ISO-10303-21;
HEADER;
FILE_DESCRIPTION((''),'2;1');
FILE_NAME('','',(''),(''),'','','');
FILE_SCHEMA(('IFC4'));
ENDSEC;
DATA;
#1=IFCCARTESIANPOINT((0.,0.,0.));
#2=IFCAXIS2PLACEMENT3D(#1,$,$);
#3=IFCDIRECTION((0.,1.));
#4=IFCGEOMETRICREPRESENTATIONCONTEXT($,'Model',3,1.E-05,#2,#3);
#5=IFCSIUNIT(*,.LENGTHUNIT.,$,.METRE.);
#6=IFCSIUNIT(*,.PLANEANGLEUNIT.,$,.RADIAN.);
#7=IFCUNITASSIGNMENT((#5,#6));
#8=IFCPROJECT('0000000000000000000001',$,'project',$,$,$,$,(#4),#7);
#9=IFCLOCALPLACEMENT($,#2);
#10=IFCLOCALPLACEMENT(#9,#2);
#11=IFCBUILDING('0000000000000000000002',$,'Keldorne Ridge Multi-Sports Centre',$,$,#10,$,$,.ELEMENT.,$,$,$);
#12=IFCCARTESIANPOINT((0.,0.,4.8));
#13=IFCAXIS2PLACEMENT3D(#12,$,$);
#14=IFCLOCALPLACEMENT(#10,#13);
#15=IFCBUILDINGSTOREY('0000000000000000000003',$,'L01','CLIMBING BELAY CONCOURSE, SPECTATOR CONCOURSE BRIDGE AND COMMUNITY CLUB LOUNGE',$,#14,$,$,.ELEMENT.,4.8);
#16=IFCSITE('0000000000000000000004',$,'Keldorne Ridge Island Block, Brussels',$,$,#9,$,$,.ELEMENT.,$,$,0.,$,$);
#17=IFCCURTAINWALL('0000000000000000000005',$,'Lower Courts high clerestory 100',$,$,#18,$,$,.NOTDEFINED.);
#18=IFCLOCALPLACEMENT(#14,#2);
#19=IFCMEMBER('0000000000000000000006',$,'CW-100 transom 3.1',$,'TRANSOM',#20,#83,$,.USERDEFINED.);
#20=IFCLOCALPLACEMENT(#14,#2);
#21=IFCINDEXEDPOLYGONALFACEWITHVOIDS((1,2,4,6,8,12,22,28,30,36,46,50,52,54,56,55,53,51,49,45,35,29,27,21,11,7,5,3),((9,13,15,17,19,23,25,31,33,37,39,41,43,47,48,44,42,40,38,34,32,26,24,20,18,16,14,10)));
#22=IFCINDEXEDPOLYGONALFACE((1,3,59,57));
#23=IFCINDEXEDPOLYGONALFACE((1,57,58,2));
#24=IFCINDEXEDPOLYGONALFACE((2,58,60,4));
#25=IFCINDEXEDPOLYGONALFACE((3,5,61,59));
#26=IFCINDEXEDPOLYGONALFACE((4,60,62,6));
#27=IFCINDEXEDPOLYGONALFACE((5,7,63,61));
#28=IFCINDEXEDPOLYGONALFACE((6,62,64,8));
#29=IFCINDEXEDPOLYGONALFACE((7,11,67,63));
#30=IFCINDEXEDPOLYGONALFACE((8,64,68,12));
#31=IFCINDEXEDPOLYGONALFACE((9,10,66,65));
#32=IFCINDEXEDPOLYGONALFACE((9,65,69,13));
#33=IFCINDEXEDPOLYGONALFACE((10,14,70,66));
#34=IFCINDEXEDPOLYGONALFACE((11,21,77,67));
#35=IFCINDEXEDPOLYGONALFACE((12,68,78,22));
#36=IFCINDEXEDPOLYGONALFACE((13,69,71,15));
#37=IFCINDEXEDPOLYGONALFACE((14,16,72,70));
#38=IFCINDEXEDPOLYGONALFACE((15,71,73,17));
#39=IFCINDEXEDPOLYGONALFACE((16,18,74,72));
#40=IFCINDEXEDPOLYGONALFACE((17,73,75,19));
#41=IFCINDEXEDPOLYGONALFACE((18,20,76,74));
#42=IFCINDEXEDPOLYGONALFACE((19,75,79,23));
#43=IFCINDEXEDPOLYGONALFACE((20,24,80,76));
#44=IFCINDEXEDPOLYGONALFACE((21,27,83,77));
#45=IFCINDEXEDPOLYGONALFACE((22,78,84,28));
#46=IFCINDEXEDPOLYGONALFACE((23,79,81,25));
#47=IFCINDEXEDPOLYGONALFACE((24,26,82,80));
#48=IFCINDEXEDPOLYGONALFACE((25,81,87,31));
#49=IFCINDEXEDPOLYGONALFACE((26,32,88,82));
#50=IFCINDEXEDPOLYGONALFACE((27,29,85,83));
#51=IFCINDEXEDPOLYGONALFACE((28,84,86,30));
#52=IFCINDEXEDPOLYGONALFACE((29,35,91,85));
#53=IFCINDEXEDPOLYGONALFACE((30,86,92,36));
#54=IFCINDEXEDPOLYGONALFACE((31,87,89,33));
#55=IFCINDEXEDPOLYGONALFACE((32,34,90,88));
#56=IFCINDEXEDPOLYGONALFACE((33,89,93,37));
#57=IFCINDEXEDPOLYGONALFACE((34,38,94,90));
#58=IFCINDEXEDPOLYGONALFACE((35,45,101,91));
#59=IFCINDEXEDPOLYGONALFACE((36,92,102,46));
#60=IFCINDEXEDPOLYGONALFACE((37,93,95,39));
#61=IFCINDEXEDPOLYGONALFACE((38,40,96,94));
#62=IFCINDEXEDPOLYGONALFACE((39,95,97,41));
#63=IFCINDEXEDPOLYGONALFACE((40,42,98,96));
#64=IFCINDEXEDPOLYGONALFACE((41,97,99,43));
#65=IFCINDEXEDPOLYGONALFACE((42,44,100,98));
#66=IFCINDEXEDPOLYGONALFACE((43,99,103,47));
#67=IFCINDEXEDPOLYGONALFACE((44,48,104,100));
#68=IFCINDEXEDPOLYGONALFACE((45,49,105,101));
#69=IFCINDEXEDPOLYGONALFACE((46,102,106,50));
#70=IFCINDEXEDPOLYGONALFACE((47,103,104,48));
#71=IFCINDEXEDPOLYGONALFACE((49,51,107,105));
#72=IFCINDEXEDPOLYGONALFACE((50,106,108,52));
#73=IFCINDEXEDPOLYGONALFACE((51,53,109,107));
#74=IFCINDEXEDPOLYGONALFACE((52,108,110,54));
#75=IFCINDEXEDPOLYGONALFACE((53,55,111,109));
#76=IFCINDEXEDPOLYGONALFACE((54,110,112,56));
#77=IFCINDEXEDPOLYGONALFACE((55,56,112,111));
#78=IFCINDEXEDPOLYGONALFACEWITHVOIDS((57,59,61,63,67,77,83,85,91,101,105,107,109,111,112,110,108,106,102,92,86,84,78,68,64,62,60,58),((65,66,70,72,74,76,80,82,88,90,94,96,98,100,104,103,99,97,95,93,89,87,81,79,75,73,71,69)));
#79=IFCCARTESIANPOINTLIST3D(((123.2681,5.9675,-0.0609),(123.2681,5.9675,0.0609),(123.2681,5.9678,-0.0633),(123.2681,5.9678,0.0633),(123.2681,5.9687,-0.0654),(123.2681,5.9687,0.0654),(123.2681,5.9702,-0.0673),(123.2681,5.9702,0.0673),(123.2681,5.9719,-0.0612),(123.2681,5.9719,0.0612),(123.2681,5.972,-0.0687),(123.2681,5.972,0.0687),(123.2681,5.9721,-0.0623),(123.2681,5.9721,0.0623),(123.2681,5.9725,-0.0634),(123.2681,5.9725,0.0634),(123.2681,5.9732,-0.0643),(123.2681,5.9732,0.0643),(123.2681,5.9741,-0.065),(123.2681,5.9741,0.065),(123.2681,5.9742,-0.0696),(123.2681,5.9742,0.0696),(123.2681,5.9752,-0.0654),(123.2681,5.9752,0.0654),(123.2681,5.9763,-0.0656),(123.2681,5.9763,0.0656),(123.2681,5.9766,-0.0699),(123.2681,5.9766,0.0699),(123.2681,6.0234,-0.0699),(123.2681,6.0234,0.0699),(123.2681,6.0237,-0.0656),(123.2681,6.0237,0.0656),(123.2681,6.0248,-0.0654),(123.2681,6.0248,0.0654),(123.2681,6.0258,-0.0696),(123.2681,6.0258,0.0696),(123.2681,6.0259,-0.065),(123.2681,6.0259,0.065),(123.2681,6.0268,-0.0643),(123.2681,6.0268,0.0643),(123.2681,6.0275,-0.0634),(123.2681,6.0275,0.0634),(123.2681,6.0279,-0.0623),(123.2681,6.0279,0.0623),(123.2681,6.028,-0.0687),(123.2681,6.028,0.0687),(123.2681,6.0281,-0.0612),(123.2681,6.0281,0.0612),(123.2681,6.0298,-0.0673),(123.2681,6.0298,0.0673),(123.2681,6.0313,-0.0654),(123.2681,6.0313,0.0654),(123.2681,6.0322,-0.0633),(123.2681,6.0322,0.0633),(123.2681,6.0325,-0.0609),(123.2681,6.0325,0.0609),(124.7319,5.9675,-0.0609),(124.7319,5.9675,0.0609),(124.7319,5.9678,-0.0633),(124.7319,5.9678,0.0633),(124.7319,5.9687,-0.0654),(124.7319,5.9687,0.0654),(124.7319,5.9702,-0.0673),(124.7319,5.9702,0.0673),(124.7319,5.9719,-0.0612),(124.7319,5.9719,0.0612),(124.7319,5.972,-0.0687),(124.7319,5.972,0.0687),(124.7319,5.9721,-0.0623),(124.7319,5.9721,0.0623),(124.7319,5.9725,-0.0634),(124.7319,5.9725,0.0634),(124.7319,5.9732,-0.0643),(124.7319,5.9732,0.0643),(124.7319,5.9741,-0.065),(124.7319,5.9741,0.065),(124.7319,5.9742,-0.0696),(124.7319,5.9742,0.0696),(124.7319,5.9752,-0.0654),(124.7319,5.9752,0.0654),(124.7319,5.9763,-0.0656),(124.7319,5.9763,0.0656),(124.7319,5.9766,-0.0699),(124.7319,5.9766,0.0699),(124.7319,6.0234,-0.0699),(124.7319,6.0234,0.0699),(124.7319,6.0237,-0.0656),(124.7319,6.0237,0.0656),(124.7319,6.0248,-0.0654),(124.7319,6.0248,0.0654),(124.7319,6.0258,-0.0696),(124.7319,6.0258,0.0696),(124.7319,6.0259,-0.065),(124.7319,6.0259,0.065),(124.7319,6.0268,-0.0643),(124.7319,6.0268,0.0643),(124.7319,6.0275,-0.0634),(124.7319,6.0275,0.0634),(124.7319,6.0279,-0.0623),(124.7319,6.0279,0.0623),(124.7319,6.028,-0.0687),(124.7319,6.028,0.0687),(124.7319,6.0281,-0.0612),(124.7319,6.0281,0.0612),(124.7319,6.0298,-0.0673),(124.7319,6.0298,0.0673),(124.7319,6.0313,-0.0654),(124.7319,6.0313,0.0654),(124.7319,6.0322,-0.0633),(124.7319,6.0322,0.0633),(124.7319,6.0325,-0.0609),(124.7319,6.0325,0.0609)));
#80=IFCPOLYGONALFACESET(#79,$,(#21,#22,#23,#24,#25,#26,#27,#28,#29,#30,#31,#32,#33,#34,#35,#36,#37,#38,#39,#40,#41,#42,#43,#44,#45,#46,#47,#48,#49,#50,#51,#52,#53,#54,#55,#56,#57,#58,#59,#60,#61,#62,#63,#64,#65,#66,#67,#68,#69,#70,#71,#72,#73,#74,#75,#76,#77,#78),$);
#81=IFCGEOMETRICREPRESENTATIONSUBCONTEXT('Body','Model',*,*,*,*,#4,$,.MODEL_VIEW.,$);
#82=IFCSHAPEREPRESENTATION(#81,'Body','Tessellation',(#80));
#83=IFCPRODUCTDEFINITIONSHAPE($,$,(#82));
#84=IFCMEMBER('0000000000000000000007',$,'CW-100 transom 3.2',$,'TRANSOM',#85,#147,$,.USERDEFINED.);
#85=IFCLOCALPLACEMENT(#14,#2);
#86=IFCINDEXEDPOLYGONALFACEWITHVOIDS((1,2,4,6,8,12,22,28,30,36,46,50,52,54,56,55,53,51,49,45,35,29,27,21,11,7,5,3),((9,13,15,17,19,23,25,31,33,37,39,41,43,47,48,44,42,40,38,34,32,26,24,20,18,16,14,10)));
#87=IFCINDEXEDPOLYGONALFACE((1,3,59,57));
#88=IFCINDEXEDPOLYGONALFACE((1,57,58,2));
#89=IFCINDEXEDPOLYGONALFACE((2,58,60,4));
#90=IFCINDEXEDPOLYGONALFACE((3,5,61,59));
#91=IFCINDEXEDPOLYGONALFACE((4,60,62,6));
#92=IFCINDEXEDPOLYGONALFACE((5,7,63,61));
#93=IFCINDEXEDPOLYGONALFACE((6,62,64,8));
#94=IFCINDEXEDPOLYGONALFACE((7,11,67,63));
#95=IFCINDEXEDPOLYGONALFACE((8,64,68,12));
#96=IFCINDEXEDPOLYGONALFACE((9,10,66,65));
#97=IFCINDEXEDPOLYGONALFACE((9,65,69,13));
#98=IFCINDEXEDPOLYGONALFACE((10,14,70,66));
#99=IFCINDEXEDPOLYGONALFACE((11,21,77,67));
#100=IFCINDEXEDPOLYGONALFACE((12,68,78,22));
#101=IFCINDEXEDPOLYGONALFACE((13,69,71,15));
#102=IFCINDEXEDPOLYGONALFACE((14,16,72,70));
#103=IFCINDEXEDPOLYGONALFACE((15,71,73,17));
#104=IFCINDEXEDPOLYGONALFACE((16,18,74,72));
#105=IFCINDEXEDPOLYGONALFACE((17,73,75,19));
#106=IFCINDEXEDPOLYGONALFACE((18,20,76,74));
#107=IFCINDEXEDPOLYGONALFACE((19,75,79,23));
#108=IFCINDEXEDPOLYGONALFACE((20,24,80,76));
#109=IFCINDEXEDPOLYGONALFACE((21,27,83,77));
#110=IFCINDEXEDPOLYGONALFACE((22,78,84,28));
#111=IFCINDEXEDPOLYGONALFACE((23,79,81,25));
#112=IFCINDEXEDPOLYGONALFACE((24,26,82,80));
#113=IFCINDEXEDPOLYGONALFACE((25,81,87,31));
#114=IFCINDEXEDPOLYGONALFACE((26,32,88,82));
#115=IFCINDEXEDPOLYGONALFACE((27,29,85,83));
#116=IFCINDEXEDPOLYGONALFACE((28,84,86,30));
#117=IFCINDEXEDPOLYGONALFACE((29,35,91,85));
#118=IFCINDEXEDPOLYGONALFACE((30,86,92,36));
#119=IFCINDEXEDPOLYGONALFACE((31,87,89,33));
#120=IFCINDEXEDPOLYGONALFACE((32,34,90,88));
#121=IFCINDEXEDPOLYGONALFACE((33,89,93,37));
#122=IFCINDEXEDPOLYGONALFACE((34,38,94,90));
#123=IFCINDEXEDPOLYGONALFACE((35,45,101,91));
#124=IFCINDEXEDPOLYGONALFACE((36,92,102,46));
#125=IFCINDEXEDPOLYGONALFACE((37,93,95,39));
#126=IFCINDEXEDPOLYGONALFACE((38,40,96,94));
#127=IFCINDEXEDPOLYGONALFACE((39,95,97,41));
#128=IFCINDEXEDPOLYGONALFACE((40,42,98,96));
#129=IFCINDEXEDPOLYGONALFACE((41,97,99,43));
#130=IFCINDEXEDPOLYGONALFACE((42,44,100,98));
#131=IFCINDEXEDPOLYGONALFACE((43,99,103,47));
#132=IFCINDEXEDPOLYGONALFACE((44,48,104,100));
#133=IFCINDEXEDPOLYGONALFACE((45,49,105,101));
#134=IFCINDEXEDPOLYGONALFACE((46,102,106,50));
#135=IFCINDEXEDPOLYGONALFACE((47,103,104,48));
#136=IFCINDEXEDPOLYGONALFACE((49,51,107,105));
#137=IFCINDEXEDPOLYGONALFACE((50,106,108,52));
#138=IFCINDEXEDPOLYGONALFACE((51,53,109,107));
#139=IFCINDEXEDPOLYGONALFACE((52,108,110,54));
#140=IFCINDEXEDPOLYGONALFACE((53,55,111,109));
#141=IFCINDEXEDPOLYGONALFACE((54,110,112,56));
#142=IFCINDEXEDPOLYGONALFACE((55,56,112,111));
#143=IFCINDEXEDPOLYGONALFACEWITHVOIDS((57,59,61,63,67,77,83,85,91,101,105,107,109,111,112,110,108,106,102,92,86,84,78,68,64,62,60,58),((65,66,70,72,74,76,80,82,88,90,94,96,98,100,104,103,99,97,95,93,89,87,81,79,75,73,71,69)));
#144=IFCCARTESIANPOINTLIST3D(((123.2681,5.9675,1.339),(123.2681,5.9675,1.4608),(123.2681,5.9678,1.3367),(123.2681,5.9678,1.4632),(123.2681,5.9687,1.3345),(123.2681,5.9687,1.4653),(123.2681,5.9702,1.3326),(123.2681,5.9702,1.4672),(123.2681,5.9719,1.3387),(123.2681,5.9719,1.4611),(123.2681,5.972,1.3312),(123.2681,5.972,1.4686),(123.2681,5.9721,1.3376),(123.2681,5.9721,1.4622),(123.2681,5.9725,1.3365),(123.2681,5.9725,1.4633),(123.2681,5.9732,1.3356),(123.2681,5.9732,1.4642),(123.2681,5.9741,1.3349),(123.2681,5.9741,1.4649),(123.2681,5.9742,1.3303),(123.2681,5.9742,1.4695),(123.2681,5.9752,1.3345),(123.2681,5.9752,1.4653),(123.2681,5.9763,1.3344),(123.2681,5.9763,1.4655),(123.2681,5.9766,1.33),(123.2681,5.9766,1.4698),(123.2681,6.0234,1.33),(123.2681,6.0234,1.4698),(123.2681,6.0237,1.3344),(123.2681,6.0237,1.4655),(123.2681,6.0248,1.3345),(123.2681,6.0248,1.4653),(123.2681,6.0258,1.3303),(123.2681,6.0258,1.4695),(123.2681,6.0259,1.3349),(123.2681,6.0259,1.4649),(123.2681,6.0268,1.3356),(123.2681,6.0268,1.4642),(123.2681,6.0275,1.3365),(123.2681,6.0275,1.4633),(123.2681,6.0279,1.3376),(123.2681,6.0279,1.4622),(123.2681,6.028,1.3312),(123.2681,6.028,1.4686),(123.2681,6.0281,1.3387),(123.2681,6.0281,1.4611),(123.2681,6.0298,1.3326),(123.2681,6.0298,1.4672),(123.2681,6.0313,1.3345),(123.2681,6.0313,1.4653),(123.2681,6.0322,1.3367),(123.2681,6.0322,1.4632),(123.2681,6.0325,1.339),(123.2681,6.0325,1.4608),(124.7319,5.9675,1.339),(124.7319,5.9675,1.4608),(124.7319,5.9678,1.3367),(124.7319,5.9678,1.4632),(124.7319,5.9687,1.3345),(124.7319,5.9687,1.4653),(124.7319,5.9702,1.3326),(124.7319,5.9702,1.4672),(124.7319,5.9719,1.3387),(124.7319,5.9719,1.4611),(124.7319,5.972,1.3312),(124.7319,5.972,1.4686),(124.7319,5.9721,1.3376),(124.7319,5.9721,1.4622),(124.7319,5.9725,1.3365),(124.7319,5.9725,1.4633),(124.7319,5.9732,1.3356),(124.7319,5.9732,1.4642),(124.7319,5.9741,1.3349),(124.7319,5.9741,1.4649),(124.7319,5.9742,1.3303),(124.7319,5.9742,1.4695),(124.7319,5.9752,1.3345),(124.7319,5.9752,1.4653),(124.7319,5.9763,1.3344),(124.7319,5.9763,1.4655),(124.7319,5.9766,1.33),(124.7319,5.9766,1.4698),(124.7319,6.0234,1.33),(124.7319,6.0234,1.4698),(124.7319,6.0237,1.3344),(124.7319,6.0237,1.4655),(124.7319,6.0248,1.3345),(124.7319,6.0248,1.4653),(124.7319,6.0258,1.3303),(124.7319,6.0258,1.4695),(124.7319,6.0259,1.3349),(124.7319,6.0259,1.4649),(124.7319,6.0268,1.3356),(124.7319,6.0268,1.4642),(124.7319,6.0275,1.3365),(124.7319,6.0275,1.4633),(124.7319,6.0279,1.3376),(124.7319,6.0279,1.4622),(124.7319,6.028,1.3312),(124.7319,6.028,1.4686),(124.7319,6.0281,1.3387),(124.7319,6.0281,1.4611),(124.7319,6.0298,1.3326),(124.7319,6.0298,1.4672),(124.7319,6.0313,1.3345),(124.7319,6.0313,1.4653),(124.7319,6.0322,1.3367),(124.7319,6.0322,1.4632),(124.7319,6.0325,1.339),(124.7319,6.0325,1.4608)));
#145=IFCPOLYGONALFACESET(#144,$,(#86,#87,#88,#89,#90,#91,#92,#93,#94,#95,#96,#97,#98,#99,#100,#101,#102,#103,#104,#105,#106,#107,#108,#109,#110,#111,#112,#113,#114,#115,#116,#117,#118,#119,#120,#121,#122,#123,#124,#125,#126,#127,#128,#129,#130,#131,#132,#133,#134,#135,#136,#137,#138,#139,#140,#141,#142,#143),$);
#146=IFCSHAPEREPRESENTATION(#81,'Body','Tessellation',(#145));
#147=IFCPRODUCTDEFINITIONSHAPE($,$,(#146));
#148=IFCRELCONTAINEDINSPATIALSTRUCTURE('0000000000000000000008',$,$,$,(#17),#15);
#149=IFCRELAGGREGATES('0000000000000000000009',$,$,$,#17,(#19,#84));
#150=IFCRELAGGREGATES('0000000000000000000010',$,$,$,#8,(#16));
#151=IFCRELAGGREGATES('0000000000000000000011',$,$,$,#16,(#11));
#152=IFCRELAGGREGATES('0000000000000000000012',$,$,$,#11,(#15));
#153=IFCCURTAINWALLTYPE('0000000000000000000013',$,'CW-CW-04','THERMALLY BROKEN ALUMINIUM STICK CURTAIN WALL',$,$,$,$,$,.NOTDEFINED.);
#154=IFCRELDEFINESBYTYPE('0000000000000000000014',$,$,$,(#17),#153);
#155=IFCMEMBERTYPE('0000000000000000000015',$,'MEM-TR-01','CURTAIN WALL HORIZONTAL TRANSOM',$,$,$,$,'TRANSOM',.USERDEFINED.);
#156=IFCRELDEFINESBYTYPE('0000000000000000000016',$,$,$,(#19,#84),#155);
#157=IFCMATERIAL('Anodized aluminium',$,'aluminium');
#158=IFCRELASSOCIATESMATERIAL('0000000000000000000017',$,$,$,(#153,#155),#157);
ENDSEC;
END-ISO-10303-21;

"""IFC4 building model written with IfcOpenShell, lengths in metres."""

from ifc_helpers import new_model, si_unit, direction, frame, origin, origin_2d, place, context, subcontext, project, spatial, hollow_rectangle, extrude, material, material_profile, profile_set, type_object, element, aggregate, save


model = new_model("IFC4")

# Units and contexts
model_context = context("Model", 3, precision=1e-05, world=origin(), true_north=direction((0.0, 1.0)))
body_context = subcontext(model_context, "Body", "Model", "MODEL_VIEW")
ifc_project = project(units=[si_unit("LENGTHUNIT", "METRE"), si_unit("PLANEANGLEUNIT", "RADIAN")], contexts=[model_context])

# Site, building, storey
site_placement = place(None, origin())
site = spatial("IfcSite", under=ifc_project, at=site_placement, Name="Keldorne Ridge Island Block, Brussels", CompositionType="ELEMENT", RefElevation=0.0)
building_placement = place(site_placement, origin())
building = spatial("IfcBuilding", under=site, at=building_placement, Name="Keldorne Ridge Multi-Sports Centre", CompositionType="ELEMENT")
storey_placement = place(building_placement, frame((0.0, 0.0, 4.8)))
storey = spatial("IfcBuildingStorey", under=building, at=storey_placement, Name="L01", Description="CLIMBING BELAY CONCOURSE, SPECTATOR CONCOURSE BRIDGE AND COMMUNITY CLUB LOUNGE", CompositionType="ELEMENT", Elevation=4.8)

# Curtain wall, members
ifc_material_1 = material(Name="Anodized aluminium", Category="aluminium")
curtain_wall_type = type_object("IfcCurtainWallType", Name="CW-CW-04", Description="THERMALLY BROKEN ALUMINIUM STICK CURTAIN WALL", PredefinedType="NOTDEFINED", material=ifc_material_1)
curtain_wall_placement = place(storey_placement, origin())
curtain_wall = element("IfcCurtainWall", 1, at=curtain_wall_placement, inside=storey, type_object=curtain_wall_type, Name="Lower Courts high clerestory 100", PredefinedType="NOTDEFINED")
ifc_material_profile_1 = material_profile(ifc_material_1, hollow_rectangle(XDim=0.0649, YDim=0.1399, WallThickness=0.0044, InnerFilletRadius=0.0044, OuterFilletRadius=0.009, at=origin_2d()), Name="ALU TRANSOM 140x65x4.5")
ifc_profile_set_1 = profile_set([ifc_material_profile_1], Name="Anodized aluminium")
member_type_1 = type_object("IfcMemberType", Name="MEM-TR-01", Description="CURTAIN WALL HORIZONTAL TRANSOM", ElementType="TRANSOM", PredefinedType="USERDEFINED", material=ifc_profile_set_1)
member_1_placement = place(storey_placement, frame((123.2681, 6.0, 0.0), z_axis=(1.0, 0.0, 0.0), x_axis=(0.0, 1.0, 0.0)))
member_1 = element("IfcMember", 2, at=member_1_placement, type_object=member_type_1, Name="CW-100 transom 3.1", ObjectType="TRANSOM", PredefinedType="USERDEFINED", context=body_context, shape_type="SweptSolid", body=[
    extrude(hollow_rectangle(XDim=0.0649, YDim=0.1399, WallThickness=0.0044, InnerFilletRadius=0.0044, OuterFilletRadius=0.009, at=origin_2d()), origin(), (0.0, 0.0, 1.0), 1.4639),
])
member_2_placement = place(storey_placement, frame((123.2681, 6.0, 1.3999), z_axis=(1.0, 0.0, 0.0), x_axis=(0.0, 1.0, 0.0)))
member_2 = element("IfcMember", 3, at=member_2_placement, type_object=member_type_1, Name="CW-100 transom 3.2", ObjectType="TRANSOM", PredefinedType="USERDEFINED", context=body_context, shape_type="SweptSolid", body=[
    extrude(hollow_rectangle(XDim=0.0649, YDim=0.1399, WallThickness=0.0044, InnerFilletRadius=0.0044, OuterFilletRadius=0.009, at=origin_2d()), origin(), (0.0, 0.0, 1.0), 1.4639),
])

aggregate(curtain_wall, [member_1, member_2])

save(model, "model.ifc")
